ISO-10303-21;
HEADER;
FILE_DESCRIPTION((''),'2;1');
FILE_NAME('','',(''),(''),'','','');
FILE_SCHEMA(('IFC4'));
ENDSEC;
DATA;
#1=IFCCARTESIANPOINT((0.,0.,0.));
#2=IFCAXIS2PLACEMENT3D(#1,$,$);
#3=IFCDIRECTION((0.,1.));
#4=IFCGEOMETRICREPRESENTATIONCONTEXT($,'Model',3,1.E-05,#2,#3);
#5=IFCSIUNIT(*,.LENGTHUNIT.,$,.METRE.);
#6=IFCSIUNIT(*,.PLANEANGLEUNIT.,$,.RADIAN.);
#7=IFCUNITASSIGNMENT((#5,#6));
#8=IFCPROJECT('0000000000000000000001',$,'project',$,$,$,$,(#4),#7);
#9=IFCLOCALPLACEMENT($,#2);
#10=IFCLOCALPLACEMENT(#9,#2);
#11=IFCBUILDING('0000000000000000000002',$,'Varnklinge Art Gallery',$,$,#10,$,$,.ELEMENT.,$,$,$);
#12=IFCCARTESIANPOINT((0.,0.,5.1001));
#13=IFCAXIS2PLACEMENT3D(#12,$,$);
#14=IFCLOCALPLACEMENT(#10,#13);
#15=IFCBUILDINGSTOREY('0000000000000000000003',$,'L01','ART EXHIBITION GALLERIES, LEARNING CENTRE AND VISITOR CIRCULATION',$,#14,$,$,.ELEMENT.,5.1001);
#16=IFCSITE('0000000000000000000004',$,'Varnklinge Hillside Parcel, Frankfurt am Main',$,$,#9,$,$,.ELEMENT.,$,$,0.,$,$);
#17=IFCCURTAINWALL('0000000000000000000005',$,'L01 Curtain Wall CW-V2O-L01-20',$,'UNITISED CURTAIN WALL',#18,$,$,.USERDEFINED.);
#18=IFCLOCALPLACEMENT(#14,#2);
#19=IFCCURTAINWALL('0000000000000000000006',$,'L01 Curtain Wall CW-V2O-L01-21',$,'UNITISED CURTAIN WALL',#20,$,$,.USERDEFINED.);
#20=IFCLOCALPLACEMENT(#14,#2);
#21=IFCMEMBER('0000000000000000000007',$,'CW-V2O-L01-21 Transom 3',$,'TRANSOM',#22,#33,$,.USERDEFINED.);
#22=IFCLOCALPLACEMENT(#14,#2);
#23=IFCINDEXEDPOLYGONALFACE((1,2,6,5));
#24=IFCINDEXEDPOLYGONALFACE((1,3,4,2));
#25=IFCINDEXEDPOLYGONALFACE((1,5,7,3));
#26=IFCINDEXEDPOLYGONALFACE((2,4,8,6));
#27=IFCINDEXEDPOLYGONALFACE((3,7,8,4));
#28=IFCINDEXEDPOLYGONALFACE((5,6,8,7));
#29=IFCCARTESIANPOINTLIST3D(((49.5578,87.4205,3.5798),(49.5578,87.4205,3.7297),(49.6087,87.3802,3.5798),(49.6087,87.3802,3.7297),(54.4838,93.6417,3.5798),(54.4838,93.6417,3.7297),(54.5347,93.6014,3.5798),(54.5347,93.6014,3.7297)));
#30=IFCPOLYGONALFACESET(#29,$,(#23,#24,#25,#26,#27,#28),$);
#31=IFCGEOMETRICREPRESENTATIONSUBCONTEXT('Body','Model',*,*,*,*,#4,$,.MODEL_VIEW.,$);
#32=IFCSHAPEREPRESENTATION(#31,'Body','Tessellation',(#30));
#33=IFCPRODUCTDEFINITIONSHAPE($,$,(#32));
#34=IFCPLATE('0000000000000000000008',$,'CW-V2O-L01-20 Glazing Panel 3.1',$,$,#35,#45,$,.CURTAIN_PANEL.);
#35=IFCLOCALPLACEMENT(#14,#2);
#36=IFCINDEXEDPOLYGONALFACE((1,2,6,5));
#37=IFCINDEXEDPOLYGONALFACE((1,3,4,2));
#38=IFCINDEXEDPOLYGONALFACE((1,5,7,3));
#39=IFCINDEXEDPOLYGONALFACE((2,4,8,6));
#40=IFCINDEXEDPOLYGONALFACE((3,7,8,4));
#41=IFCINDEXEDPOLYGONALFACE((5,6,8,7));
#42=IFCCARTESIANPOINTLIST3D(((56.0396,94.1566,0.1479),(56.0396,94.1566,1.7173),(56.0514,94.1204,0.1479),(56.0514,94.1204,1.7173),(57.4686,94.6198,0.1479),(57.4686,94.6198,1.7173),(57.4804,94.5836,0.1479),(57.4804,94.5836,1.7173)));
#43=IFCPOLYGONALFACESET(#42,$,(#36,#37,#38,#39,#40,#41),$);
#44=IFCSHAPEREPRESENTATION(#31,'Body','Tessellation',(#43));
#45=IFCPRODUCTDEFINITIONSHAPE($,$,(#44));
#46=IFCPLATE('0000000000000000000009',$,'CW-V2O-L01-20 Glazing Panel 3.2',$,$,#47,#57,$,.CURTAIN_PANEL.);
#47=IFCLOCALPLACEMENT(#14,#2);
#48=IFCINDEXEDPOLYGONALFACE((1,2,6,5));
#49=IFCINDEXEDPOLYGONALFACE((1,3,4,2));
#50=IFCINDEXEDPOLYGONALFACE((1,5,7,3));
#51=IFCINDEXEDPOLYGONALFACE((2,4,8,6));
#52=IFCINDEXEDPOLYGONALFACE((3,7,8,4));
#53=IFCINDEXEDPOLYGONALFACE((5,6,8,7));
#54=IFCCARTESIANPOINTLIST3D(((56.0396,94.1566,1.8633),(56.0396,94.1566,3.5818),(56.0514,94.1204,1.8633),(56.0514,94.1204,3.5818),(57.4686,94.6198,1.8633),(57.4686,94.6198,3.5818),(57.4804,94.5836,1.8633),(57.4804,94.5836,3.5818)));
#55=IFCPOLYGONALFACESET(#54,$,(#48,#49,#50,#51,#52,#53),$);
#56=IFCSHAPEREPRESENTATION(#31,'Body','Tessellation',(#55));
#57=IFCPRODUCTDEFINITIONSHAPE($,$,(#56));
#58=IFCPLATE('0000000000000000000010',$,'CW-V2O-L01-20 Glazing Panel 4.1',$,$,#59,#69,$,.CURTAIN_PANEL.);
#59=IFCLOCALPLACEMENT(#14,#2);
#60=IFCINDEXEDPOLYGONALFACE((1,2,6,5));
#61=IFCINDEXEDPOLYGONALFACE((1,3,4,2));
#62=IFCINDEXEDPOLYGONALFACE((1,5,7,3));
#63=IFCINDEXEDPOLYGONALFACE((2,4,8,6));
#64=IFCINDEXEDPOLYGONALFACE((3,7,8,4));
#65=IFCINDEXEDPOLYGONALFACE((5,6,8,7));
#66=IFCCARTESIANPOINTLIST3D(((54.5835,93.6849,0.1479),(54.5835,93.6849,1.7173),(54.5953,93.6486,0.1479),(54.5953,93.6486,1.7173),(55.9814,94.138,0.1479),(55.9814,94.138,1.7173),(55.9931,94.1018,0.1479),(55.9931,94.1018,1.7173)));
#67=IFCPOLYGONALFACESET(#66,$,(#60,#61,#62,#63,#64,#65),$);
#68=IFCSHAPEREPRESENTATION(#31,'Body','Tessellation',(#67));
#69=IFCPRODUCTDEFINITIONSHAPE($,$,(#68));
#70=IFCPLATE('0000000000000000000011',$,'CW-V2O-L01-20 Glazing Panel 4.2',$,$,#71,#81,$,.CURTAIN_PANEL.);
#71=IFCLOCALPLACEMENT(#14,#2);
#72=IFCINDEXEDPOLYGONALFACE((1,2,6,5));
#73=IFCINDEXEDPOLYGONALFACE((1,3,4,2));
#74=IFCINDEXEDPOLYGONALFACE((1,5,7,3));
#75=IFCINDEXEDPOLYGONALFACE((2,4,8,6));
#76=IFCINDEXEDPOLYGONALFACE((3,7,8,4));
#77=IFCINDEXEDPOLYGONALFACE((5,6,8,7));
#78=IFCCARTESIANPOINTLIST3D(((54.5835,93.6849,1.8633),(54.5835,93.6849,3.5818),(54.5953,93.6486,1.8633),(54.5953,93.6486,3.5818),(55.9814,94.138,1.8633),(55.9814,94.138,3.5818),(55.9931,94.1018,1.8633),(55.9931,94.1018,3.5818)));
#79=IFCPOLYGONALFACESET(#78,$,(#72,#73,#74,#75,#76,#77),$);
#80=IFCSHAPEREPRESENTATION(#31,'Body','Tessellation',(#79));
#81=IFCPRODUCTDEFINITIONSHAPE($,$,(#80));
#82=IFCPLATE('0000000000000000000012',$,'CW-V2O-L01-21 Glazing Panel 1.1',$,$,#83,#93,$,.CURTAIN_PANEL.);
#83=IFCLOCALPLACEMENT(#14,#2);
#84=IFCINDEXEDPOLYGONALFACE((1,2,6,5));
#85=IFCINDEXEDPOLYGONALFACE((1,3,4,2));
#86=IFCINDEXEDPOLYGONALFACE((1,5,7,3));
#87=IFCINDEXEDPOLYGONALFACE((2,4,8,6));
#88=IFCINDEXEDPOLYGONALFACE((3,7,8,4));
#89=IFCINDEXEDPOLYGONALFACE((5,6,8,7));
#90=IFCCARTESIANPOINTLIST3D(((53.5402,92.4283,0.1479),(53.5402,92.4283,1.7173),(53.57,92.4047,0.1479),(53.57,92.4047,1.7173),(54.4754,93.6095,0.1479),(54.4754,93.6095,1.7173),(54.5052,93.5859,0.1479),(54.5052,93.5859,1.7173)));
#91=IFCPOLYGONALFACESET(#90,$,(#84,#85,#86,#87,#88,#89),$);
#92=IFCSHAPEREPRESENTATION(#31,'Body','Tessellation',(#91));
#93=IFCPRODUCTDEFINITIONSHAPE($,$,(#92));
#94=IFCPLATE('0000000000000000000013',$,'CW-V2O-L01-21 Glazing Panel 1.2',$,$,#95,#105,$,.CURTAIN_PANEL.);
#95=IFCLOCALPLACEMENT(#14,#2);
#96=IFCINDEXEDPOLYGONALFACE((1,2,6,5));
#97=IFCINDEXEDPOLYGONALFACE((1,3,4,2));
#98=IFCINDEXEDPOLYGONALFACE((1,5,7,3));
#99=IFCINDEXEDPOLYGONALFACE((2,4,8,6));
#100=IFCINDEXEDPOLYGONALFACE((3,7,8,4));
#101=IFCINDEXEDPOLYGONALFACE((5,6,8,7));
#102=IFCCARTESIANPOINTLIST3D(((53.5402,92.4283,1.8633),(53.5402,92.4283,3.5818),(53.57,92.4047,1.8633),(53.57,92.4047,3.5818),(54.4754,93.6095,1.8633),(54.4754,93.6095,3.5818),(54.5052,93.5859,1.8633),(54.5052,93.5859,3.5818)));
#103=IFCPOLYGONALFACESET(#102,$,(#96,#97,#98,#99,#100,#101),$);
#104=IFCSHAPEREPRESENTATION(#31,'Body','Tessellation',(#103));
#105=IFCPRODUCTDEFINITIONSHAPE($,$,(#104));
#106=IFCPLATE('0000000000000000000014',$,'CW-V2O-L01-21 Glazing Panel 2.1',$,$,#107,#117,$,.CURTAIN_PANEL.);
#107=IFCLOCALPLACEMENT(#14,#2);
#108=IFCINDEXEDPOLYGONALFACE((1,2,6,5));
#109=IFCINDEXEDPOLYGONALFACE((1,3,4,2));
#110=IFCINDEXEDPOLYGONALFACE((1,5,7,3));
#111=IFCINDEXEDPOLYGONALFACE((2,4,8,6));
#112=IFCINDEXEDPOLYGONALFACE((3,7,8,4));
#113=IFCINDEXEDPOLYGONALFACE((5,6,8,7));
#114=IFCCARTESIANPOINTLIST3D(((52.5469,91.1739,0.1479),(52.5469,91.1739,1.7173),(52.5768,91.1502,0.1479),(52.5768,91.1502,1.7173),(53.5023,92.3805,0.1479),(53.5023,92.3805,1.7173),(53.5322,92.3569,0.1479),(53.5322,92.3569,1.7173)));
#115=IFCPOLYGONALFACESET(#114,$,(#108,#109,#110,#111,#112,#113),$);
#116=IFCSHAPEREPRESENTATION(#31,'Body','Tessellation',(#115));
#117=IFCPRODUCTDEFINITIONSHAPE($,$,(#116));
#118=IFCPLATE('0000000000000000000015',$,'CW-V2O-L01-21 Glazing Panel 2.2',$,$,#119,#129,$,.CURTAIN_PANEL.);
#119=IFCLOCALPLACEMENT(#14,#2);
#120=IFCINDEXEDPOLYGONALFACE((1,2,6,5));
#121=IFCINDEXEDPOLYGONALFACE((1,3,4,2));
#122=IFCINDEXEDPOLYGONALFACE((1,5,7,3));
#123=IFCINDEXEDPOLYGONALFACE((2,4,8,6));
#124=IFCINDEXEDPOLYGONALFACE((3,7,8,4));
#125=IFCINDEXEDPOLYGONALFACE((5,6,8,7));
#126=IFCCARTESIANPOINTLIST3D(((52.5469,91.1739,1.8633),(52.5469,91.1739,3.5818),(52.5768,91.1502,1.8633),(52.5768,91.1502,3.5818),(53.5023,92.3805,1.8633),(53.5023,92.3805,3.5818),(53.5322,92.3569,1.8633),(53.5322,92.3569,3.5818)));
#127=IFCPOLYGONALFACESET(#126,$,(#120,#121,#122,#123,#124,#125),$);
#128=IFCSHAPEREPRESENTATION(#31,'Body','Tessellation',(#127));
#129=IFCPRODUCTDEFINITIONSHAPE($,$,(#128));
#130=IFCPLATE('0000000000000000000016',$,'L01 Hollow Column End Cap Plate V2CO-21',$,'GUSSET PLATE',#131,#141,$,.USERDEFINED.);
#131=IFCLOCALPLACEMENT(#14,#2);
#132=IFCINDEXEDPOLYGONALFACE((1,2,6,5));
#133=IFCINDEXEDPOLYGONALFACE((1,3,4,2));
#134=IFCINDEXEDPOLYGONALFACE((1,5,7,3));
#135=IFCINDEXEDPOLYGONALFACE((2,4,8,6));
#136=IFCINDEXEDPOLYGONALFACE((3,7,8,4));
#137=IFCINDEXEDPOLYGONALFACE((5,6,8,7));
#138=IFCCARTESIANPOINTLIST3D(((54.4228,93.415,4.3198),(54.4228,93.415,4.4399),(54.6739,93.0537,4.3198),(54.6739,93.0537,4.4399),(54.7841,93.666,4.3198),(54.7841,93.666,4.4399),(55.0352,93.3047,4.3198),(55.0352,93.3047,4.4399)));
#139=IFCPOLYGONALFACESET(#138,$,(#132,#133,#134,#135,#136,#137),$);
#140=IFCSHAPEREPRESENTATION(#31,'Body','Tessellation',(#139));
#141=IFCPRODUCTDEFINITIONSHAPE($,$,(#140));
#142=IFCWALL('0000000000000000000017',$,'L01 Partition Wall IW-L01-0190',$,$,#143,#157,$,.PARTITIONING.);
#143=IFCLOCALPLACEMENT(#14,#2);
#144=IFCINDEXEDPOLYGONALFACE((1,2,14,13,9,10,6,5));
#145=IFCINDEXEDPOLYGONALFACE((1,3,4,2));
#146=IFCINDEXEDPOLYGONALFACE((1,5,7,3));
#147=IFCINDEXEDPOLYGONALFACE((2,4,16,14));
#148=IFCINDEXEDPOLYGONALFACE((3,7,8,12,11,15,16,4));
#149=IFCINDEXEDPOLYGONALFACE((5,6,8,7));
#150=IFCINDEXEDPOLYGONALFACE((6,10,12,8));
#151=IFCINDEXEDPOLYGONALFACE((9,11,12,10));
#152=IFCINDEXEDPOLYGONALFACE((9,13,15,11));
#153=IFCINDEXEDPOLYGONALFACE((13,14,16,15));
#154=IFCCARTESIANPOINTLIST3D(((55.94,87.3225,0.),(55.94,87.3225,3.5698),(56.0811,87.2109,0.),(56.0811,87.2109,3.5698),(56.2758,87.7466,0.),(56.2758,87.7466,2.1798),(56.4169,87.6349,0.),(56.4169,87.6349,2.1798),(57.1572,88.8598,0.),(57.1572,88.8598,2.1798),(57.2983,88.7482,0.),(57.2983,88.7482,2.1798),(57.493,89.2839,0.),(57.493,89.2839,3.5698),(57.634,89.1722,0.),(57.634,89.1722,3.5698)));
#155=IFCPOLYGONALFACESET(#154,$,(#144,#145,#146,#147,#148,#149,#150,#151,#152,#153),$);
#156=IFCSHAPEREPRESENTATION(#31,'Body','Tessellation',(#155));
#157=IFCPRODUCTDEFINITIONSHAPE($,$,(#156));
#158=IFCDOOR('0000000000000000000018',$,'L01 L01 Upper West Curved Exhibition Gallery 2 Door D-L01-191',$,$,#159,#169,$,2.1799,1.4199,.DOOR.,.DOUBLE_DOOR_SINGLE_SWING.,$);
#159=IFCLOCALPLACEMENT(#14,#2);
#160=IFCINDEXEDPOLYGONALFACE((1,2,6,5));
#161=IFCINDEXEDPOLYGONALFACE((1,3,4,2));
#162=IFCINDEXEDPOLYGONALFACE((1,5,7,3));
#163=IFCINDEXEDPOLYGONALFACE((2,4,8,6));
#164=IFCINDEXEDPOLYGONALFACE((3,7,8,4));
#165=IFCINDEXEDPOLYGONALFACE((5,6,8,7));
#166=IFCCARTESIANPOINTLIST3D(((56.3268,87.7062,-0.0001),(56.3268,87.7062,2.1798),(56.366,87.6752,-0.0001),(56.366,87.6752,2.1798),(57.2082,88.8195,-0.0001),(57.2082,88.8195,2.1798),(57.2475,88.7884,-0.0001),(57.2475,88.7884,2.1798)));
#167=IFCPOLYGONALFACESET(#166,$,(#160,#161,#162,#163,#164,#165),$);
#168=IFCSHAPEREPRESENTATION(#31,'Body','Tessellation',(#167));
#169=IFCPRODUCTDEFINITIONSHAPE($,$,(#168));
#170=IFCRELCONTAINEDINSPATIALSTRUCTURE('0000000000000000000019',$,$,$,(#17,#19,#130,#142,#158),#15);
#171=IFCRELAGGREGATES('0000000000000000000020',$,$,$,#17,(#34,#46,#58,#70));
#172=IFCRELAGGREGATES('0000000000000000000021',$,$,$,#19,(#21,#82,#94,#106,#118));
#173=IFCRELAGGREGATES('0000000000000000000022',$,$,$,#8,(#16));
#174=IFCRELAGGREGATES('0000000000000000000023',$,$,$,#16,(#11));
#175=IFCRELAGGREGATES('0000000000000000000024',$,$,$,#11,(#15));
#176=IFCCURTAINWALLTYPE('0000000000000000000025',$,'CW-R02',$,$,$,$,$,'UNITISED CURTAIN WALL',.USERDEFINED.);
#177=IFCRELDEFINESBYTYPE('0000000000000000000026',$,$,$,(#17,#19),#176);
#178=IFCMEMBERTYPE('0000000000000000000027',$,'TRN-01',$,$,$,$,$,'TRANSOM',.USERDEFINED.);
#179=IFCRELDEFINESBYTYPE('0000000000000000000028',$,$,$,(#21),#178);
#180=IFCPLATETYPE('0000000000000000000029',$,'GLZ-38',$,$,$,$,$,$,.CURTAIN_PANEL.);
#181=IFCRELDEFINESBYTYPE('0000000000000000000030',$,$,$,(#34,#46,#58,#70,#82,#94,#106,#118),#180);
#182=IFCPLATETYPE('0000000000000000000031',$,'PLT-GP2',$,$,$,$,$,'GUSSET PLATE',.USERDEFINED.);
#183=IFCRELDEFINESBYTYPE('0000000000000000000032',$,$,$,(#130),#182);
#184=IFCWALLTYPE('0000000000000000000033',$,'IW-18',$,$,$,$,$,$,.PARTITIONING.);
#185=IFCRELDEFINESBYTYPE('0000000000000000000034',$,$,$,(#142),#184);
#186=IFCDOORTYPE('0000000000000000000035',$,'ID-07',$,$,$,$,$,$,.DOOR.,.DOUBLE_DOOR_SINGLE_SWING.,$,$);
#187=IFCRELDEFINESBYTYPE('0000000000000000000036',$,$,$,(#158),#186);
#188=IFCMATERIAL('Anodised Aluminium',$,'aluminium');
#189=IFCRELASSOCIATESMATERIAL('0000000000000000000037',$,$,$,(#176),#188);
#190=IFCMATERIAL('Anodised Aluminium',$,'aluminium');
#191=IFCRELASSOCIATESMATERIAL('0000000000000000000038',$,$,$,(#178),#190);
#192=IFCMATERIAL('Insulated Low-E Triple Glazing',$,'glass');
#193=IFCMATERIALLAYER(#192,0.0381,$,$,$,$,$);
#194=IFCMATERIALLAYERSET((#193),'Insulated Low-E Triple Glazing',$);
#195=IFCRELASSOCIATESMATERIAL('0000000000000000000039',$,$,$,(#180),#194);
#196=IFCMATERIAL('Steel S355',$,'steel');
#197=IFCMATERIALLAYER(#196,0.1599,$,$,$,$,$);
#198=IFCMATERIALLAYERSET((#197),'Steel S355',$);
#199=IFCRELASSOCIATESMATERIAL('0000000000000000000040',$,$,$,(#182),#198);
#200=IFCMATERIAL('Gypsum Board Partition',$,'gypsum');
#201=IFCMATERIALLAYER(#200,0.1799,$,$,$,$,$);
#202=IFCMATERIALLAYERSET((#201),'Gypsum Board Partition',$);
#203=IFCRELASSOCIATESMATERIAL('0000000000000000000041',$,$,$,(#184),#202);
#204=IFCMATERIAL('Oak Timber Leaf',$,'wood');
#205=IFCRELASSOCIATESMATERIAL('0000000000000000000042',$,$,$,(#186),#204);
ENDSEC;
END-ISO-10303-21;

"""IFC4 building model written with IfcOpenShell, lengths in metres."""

from ifc_helpers import new_model, si_unit, direction, frame, frame_2d, origin, origin_2d, place, context, subcontext, project, spatial, rectangle, extrude, material, layer, layer_set, material_profile, profile_set, type_object, element, fill, aggregate, save


model = new_model("IFC4")

# Units and contexts
model_context = context("Model", 3, precision=1e-05, world=origin(), true_north=direction((0.0, 1.0)))
body_context = subcontext(model_context, "Body", "Model", "MODEL_VIEW")
ifc_project = project(units=[si_unit("LENGTHUNIT", "METRE"), si_unit("PLANEANGLEUNIT", "RADIAN")], contexts=[model_context])

# Site, building, storey
site_placement = place(None, origin())
site = spatial("IfcSite", under=ifc_project, at=site_placement, Name="Varnklinge Hillside Parcel, Frankfurt am Main", CompositionType="ELEMENT", RefElevation=0.0)
building_placement = place(site_placement, origin())
building = spatial("IfcBuilding", under=site, at=building_placement, Name="Varnklinge Art Gallery", CompositionType="ELEMENT")
storey_placement = place(building_placement, frame((0.0, 0.0, 5.1001)))
storey = spatial("IfcBuildingStorey", under=building, at=storey_placement, Name="L01", Description="ART EXHIBITION GALLERIES, LEARNING CENTRE AND VISITOR CIRCULATION", CompositionType="ELEMENT", Elevation=5.1001)

# Curtain walls
ifc_material_1 = material(Name="Anodised Aluminium", Category="aluminium")
curtain_wall_type = type_object("IfcCurtainWallType", Name="CW-R02", ElementType="UNITISED CURTAIN WALL", PredefinedType="USERDEFINED", material=ifc_material_1)
curtain_wall_1_placement = place(storey_placement, origin())
curtain_wall_1 = element("IfcCurtainWall", 1, at=curtain_wall_1_placement, inside=storey, type_object=curtain_wall_type, Name="L01 Curtain Wall CW-V2O-L01-20", ObjectType="UNITISED CURTAIN WALL", PredefinedType="USERDEFINED")
curtain_wall_2_placement = place(storey_placement, origin())
curtain_wall_2 = element("IfcCurtainWall", 2, at=curtain_wall_2_placement, inside=storey, type_object=curtain_wall_type, Name="L01 Curtain Wall CW-V2O-L01-21", ObjectType="UNITISED CURTAIN WALL", PredefinedType="USERDEFINED")

# Member
ifc_material_2 = material(Name="Anodised Aluminium", Category="aluminium")
ifc_material_profile_1 = material_profile(ifc_material_2, rectangle(XDim=0.0649, YDim=0.1499, at=origin_2d()), Name="ALU 65x150")
ifc_profile_set_1 = profile_set([ifc_material_profile_1], Name="Anodised Aluminium")
member_type_1 = type_object("IfcMemberType", Name="TRN-01", ElementType="TRANSOM", PredefinedType="USERDEFINED", material=ifc_profile_set_1)
member_1_placement = place(storey_placement, frame((54.5093, 93.6216, 3.6548), z_axis=(-0.620774, -0.78399, 0.0), x_axis=(0.78399, -0.620774, 0.0)))
member_1 = element("IfcMember", 3, at=member_1_placement, type_object=member_type_1, Name="CW-V2O-L01-21 Transom 3", ObjectType="TRANSOM", PredefinedType="USERDEFINED", context=body_context, shape_type="SweptSolid", body=[
    extrude(rectangle(XDim=0.0649, YDim=0.1499, at=origin_2d()), origin(), (0.0, 0.0, 1.0), 7.9353),
])

# Plates
ifc_material_3 = material(Name="Insulated Low-E Triple Glazing", Category="glass")
ifc_layer_1 = layer(ifc_material_3, 0.0381)
ifc_layer_set_1 = layer_set([ifc_layer_1], Name="Insulated Low-E Triple Glazing")
plate_type_1 = type_object("IfcPlateType", Name="GLZ-38", PredefinedType="CURTAIN_PANEL", material=ifc_layer_set_1)
plate_1_placement = place(storey_placement, frame((56.76, 94.3701, 0.1479), z_axis=(0.0, 0.0, 1.0), x_axis=(-0.951272, -0.308353, 0.0)))
plate_1 = element("IfcPlate", 4, at=plate_1_placement, type_object=plate_type_1, Name="CW-V2O-L01-20 Glazing Panel 3.1", PredefinedType="CURTAIN_PANEL", context=body_context, shape_type="SweptSolid", body=[
    extrude(rectangle(XDim=1.5022, YDim=0.0381, at=origin_2d()), origin(), (0.0, 0.0, 1.0), 1.5693),
])
plate_2_placement = place(storey_placement, frame((56.76, 94.3701, 1.8633), z_axis=(0.0, 0.0, 1.0), x_axis=(-0.951272, -0.308353, 0.0)))
plate_2 = element("IfcPlate", 5, at=plate_2_placement, type_object=plate_type_1, Name="CW-V2O-L01-20 Glazing Panel 3.2", PredefinedType="CURTAIN_PANEL", context=body_context, shape_type="SweptSolid", body=[
    extrude(rectangle(XDim=1.5022, YDim=0.0381, at=origin_2d()), origin(), (0.0, 0.0, 1.0), 1.7185),
])
plate_3_placement = place(storey_placement, frame((55.2883, 93.8933, 0.1479), z_axis=(0.0, 0.0, 1.0), x_axis=(-0.951272, -0.308353, 0.0)))
plate_3 = element("IfcPlate", 6, at=plate_3_placement, type_object=plate_type_1, Name="CW-V2O-L01-20 Glazing Panel 4.1", PredefinedType="CURTAIN_PANEL", context=body_context, shape_type="SweptSolid", body=[
    extrude(rectangle(XDim=1.4695, YDim=0.0381, at=origin_2d()), origin(), (0.0, 0.0, 1.0), 1.5693),
])
plate_4_placement = place(storey_placement, frame((55.2883, 93.8933, 1.8633), z_axis=(0.0, 0.0, 1.0), x_axis=(-0.951272, -0.308353, 0.0)))
plate_4 = element("IfcPlate", 7, at=plate_4_placement, type_object=plate_type_1, Name="CW-V2O-L01-20 Glazing Panel 4.2", PredefinedType="CURTAIN_PANEL", context=body_context, shape_type="SweptSolid", body=[
    extrude(rectangle(XDim=1.4695, YDim=0.0381, at=origin_2d()), origin(), (0.0, 0.0, 1.0), 1.7185),
])
aggregate(curtain_wall_1, [plate_1, plate_2, plate_3, plate_4])
plate_5_placement = place(storey_placement, frame((54.0227, 93.0071, 0.1479), z_axis=(0.0, 0.0, 1.0), x_axis=(-0.620737, -0.784019, 0.0)))
plate_5 = element("IfcPlate", 8, at=plate_5_placement, type_object=plate_type_1, Name="CW-V2O-L01-21 Glazing Panel 1.1", PredefinedType="CURTAIN_PANEL", context=body_context, shape_type="SweptSolid", body=[
    extrude(rectangle(XDim=1.5066, YDim=0.0381, at=origin_2d()), origin(), (0.0, 0.0, 1.0), 1.5693),
])
plate_6_placement = place(storey_placement, frame((54.0227, 93.0071, 1.8633), z_axis=(0.0, 0.0, 1.0), x_axis=(-0.620737, -0.784019, 0.0)))
plate_6 = element("IfcPlate", 9, at=plate_6_placement, type_object=plate_type_1, Name="CW-V2O-L01-21 Glazing Panel 1.2", PredefinedType="CURTAIN_PANEL", context=body_context, shape_type="SweptSolid", body=[
    extrude(rectangle(XDim=1.5066, YDim=0.0381, at=origin_2d()), origin(), (0.0, 0.0, 1.0), 1.7185),
])
plate_7_placement = place(storey_placement, frame((53.0396, 91.7654, 0.1479), z_axis=(0.0, 0.0, 1.0), x_axis=(-0.620737, -0.784019, 0.0)))
plate_7 = element("IfcPlate", 10, at=plate_7_placement, type_object=plate_type_1, Name="CW-V2O-L01-21 Glazing Panel 2.1", PredefinedType="CURTAIN_PANEL", context=body_context, shape_type="SweptSolid", body=[
    extrude(rectangle(XDim=1.5391, YDim=0.0381, at=origin_2d()), origin(), (0.0, 0.0, 1.0), 1.5693),
])
plate_8_placement = place(storey_placement, frame((53.0396, 91.7654, 1.8633), z_axis=(0.0, 0.0, 1.0), x_axis=(-0.620737, -0.784019, 0.0)))
plate_8 = element("IfcPlate", 11, at=plate_8_placement, type_object=plate_type_1, Name="CW-V2O-L01-21 Glazing Panel 2.2", PredefinedType="CURTAIN_PANEL", context=body_context, shape_type="SweptSolid", body=[
    extrude(rectangle(XDim=1.5391, YDim=0.0381, at=origin_2d()), origin(), (0.0, 0.0, 1.0), 1.7185),
])
aggregate(curtain_wall_2, [member_1, plate_5, plate_6, plate_7, plate_8])
ifc_material_4 = material(Name="Steel S355", Category="steel")
ifc_layer_2 = layer(ifc_material_4, 0.1599)
ifc_layer_set_2 = layer_set([ifc_layer_2], Name="Steel S355")
plate_type_2 = type_object("IfcPlateType", Name="PLT-GP2", ElementType="GUSSET PLATE", PredefinedType="USERDEFINED", material=ifc_layer_set_2)
plate_9_placement = place(storey_placement, frame((54.729, 93.3599, 4.3198), z_axis=(0.0, 0.0, 1.0), x_axis=(0.57057, -0.821249, 0.0)))
element("IfcPlate", 12, at=plate_9_placement, inside=storey, type_object=plate_type_2, Name="L01 Hollow Column End Cap Plate V2CO-21", ObjectType="GUSSET PLATE", PredefinedType="USERDEFINED", context=body_context, shape_type="SweptSolid", body=[
    extrude(rectangle(XDim=0.4399, YDim=0.4399, at=origin_2d()), origin(), (0.0, 0.0, 1.0), 0.1201),
])

# Wall, opening, door
ifc_material_5 = material(Name="Gypsum Board Partition", Category="gypsum")
ifc_layer_3 = layer(ifc_material_5, 0.1799)
ifc_layer_set_3 = layer_set([ifc_layer_3], Name="Gypsum Board Partition")
wall_type = type_object("IfcWallType", Name="IW-18", PredefinedType="PARTITIONING", material=ifc_layer_set_3)
wall_placement = place(storey_placement, frame((56.0105, 87.2666, 0.0), z_axis=(0.0, 0.0, 1.0), x_axis=(0.620748, 0.78401, 0.0)))
wall = element("IfcWall", 13, at=wall_placement, inside=storey, type_object=wall_type, Name="L01 Partition Wall IW-L01-0190", PredefinedType="PARTITIONING", context=body_context, shape_type="SweptSolid", body=[
    extrude(rectangle(XDim=2.5017, YDim=0.1799, at=frame_2d((1.251, 0.0))), origin(), (0.0, 0.0, 1.0), 3.5698),
])
opening_placement = place(wall_placement, frame((0.541, 0.0, 0.0)))
opening = element("IfcOpeningElement", 14, at=opening_placement, cuts=wall, PredefinedType="OPENING", context=body_context, shape_type="SweptSolid", body=[
    extrude(rectangle(XDim=1.4199, YDim=2.1799, at=frame_2d((0.71, 1.0898))), frame((0.0, 0.0999, 0.0), z_axis=(0.0, -1.0, 0.0), x_axis=(1.0, 0.0, 0.0)), (0.0, 0.0, 1.0), 0.2),
])
ifc_material_6 = material(Name="Oak Timber Leaf", Category="wood")
door_type = type_object("IfcDoorType", Name="ID-07", OperationType="DOUBLE_DOOR_SINGLE_SWING", PredefinedType="DOOR", material=ifc_material_6)
door_placement = place(opening_placement, origin())
door = element("IfcDoor", 15, at=door_placement, inside=storey, type_object=door_type, Name="L01 L01 Upper West Curved Exhibition Gallery 2 Door D-L01-191", OperationType="DOUBLE_DOOR_SINGLE_SWING", OverallHeight=2.1799, OverallWidth=1.4199, PredefinedType="DOOR", context=body_context, shape_type="SweptSolid", body=[
    extrude(rectangle(XDim=1.4199, YDim=2.1799, at=frame_2d((0.71, 1.0898))), frame((0.0, 0.0249, 0.0), z_axis=(0.0, -1.0, 0.0), x_axis=(1.0, 0.0, 0.0)), (0.0, 0.0, 1.0), 0.05),
])
fill(opening, door)

save(model, "model.ifc")
